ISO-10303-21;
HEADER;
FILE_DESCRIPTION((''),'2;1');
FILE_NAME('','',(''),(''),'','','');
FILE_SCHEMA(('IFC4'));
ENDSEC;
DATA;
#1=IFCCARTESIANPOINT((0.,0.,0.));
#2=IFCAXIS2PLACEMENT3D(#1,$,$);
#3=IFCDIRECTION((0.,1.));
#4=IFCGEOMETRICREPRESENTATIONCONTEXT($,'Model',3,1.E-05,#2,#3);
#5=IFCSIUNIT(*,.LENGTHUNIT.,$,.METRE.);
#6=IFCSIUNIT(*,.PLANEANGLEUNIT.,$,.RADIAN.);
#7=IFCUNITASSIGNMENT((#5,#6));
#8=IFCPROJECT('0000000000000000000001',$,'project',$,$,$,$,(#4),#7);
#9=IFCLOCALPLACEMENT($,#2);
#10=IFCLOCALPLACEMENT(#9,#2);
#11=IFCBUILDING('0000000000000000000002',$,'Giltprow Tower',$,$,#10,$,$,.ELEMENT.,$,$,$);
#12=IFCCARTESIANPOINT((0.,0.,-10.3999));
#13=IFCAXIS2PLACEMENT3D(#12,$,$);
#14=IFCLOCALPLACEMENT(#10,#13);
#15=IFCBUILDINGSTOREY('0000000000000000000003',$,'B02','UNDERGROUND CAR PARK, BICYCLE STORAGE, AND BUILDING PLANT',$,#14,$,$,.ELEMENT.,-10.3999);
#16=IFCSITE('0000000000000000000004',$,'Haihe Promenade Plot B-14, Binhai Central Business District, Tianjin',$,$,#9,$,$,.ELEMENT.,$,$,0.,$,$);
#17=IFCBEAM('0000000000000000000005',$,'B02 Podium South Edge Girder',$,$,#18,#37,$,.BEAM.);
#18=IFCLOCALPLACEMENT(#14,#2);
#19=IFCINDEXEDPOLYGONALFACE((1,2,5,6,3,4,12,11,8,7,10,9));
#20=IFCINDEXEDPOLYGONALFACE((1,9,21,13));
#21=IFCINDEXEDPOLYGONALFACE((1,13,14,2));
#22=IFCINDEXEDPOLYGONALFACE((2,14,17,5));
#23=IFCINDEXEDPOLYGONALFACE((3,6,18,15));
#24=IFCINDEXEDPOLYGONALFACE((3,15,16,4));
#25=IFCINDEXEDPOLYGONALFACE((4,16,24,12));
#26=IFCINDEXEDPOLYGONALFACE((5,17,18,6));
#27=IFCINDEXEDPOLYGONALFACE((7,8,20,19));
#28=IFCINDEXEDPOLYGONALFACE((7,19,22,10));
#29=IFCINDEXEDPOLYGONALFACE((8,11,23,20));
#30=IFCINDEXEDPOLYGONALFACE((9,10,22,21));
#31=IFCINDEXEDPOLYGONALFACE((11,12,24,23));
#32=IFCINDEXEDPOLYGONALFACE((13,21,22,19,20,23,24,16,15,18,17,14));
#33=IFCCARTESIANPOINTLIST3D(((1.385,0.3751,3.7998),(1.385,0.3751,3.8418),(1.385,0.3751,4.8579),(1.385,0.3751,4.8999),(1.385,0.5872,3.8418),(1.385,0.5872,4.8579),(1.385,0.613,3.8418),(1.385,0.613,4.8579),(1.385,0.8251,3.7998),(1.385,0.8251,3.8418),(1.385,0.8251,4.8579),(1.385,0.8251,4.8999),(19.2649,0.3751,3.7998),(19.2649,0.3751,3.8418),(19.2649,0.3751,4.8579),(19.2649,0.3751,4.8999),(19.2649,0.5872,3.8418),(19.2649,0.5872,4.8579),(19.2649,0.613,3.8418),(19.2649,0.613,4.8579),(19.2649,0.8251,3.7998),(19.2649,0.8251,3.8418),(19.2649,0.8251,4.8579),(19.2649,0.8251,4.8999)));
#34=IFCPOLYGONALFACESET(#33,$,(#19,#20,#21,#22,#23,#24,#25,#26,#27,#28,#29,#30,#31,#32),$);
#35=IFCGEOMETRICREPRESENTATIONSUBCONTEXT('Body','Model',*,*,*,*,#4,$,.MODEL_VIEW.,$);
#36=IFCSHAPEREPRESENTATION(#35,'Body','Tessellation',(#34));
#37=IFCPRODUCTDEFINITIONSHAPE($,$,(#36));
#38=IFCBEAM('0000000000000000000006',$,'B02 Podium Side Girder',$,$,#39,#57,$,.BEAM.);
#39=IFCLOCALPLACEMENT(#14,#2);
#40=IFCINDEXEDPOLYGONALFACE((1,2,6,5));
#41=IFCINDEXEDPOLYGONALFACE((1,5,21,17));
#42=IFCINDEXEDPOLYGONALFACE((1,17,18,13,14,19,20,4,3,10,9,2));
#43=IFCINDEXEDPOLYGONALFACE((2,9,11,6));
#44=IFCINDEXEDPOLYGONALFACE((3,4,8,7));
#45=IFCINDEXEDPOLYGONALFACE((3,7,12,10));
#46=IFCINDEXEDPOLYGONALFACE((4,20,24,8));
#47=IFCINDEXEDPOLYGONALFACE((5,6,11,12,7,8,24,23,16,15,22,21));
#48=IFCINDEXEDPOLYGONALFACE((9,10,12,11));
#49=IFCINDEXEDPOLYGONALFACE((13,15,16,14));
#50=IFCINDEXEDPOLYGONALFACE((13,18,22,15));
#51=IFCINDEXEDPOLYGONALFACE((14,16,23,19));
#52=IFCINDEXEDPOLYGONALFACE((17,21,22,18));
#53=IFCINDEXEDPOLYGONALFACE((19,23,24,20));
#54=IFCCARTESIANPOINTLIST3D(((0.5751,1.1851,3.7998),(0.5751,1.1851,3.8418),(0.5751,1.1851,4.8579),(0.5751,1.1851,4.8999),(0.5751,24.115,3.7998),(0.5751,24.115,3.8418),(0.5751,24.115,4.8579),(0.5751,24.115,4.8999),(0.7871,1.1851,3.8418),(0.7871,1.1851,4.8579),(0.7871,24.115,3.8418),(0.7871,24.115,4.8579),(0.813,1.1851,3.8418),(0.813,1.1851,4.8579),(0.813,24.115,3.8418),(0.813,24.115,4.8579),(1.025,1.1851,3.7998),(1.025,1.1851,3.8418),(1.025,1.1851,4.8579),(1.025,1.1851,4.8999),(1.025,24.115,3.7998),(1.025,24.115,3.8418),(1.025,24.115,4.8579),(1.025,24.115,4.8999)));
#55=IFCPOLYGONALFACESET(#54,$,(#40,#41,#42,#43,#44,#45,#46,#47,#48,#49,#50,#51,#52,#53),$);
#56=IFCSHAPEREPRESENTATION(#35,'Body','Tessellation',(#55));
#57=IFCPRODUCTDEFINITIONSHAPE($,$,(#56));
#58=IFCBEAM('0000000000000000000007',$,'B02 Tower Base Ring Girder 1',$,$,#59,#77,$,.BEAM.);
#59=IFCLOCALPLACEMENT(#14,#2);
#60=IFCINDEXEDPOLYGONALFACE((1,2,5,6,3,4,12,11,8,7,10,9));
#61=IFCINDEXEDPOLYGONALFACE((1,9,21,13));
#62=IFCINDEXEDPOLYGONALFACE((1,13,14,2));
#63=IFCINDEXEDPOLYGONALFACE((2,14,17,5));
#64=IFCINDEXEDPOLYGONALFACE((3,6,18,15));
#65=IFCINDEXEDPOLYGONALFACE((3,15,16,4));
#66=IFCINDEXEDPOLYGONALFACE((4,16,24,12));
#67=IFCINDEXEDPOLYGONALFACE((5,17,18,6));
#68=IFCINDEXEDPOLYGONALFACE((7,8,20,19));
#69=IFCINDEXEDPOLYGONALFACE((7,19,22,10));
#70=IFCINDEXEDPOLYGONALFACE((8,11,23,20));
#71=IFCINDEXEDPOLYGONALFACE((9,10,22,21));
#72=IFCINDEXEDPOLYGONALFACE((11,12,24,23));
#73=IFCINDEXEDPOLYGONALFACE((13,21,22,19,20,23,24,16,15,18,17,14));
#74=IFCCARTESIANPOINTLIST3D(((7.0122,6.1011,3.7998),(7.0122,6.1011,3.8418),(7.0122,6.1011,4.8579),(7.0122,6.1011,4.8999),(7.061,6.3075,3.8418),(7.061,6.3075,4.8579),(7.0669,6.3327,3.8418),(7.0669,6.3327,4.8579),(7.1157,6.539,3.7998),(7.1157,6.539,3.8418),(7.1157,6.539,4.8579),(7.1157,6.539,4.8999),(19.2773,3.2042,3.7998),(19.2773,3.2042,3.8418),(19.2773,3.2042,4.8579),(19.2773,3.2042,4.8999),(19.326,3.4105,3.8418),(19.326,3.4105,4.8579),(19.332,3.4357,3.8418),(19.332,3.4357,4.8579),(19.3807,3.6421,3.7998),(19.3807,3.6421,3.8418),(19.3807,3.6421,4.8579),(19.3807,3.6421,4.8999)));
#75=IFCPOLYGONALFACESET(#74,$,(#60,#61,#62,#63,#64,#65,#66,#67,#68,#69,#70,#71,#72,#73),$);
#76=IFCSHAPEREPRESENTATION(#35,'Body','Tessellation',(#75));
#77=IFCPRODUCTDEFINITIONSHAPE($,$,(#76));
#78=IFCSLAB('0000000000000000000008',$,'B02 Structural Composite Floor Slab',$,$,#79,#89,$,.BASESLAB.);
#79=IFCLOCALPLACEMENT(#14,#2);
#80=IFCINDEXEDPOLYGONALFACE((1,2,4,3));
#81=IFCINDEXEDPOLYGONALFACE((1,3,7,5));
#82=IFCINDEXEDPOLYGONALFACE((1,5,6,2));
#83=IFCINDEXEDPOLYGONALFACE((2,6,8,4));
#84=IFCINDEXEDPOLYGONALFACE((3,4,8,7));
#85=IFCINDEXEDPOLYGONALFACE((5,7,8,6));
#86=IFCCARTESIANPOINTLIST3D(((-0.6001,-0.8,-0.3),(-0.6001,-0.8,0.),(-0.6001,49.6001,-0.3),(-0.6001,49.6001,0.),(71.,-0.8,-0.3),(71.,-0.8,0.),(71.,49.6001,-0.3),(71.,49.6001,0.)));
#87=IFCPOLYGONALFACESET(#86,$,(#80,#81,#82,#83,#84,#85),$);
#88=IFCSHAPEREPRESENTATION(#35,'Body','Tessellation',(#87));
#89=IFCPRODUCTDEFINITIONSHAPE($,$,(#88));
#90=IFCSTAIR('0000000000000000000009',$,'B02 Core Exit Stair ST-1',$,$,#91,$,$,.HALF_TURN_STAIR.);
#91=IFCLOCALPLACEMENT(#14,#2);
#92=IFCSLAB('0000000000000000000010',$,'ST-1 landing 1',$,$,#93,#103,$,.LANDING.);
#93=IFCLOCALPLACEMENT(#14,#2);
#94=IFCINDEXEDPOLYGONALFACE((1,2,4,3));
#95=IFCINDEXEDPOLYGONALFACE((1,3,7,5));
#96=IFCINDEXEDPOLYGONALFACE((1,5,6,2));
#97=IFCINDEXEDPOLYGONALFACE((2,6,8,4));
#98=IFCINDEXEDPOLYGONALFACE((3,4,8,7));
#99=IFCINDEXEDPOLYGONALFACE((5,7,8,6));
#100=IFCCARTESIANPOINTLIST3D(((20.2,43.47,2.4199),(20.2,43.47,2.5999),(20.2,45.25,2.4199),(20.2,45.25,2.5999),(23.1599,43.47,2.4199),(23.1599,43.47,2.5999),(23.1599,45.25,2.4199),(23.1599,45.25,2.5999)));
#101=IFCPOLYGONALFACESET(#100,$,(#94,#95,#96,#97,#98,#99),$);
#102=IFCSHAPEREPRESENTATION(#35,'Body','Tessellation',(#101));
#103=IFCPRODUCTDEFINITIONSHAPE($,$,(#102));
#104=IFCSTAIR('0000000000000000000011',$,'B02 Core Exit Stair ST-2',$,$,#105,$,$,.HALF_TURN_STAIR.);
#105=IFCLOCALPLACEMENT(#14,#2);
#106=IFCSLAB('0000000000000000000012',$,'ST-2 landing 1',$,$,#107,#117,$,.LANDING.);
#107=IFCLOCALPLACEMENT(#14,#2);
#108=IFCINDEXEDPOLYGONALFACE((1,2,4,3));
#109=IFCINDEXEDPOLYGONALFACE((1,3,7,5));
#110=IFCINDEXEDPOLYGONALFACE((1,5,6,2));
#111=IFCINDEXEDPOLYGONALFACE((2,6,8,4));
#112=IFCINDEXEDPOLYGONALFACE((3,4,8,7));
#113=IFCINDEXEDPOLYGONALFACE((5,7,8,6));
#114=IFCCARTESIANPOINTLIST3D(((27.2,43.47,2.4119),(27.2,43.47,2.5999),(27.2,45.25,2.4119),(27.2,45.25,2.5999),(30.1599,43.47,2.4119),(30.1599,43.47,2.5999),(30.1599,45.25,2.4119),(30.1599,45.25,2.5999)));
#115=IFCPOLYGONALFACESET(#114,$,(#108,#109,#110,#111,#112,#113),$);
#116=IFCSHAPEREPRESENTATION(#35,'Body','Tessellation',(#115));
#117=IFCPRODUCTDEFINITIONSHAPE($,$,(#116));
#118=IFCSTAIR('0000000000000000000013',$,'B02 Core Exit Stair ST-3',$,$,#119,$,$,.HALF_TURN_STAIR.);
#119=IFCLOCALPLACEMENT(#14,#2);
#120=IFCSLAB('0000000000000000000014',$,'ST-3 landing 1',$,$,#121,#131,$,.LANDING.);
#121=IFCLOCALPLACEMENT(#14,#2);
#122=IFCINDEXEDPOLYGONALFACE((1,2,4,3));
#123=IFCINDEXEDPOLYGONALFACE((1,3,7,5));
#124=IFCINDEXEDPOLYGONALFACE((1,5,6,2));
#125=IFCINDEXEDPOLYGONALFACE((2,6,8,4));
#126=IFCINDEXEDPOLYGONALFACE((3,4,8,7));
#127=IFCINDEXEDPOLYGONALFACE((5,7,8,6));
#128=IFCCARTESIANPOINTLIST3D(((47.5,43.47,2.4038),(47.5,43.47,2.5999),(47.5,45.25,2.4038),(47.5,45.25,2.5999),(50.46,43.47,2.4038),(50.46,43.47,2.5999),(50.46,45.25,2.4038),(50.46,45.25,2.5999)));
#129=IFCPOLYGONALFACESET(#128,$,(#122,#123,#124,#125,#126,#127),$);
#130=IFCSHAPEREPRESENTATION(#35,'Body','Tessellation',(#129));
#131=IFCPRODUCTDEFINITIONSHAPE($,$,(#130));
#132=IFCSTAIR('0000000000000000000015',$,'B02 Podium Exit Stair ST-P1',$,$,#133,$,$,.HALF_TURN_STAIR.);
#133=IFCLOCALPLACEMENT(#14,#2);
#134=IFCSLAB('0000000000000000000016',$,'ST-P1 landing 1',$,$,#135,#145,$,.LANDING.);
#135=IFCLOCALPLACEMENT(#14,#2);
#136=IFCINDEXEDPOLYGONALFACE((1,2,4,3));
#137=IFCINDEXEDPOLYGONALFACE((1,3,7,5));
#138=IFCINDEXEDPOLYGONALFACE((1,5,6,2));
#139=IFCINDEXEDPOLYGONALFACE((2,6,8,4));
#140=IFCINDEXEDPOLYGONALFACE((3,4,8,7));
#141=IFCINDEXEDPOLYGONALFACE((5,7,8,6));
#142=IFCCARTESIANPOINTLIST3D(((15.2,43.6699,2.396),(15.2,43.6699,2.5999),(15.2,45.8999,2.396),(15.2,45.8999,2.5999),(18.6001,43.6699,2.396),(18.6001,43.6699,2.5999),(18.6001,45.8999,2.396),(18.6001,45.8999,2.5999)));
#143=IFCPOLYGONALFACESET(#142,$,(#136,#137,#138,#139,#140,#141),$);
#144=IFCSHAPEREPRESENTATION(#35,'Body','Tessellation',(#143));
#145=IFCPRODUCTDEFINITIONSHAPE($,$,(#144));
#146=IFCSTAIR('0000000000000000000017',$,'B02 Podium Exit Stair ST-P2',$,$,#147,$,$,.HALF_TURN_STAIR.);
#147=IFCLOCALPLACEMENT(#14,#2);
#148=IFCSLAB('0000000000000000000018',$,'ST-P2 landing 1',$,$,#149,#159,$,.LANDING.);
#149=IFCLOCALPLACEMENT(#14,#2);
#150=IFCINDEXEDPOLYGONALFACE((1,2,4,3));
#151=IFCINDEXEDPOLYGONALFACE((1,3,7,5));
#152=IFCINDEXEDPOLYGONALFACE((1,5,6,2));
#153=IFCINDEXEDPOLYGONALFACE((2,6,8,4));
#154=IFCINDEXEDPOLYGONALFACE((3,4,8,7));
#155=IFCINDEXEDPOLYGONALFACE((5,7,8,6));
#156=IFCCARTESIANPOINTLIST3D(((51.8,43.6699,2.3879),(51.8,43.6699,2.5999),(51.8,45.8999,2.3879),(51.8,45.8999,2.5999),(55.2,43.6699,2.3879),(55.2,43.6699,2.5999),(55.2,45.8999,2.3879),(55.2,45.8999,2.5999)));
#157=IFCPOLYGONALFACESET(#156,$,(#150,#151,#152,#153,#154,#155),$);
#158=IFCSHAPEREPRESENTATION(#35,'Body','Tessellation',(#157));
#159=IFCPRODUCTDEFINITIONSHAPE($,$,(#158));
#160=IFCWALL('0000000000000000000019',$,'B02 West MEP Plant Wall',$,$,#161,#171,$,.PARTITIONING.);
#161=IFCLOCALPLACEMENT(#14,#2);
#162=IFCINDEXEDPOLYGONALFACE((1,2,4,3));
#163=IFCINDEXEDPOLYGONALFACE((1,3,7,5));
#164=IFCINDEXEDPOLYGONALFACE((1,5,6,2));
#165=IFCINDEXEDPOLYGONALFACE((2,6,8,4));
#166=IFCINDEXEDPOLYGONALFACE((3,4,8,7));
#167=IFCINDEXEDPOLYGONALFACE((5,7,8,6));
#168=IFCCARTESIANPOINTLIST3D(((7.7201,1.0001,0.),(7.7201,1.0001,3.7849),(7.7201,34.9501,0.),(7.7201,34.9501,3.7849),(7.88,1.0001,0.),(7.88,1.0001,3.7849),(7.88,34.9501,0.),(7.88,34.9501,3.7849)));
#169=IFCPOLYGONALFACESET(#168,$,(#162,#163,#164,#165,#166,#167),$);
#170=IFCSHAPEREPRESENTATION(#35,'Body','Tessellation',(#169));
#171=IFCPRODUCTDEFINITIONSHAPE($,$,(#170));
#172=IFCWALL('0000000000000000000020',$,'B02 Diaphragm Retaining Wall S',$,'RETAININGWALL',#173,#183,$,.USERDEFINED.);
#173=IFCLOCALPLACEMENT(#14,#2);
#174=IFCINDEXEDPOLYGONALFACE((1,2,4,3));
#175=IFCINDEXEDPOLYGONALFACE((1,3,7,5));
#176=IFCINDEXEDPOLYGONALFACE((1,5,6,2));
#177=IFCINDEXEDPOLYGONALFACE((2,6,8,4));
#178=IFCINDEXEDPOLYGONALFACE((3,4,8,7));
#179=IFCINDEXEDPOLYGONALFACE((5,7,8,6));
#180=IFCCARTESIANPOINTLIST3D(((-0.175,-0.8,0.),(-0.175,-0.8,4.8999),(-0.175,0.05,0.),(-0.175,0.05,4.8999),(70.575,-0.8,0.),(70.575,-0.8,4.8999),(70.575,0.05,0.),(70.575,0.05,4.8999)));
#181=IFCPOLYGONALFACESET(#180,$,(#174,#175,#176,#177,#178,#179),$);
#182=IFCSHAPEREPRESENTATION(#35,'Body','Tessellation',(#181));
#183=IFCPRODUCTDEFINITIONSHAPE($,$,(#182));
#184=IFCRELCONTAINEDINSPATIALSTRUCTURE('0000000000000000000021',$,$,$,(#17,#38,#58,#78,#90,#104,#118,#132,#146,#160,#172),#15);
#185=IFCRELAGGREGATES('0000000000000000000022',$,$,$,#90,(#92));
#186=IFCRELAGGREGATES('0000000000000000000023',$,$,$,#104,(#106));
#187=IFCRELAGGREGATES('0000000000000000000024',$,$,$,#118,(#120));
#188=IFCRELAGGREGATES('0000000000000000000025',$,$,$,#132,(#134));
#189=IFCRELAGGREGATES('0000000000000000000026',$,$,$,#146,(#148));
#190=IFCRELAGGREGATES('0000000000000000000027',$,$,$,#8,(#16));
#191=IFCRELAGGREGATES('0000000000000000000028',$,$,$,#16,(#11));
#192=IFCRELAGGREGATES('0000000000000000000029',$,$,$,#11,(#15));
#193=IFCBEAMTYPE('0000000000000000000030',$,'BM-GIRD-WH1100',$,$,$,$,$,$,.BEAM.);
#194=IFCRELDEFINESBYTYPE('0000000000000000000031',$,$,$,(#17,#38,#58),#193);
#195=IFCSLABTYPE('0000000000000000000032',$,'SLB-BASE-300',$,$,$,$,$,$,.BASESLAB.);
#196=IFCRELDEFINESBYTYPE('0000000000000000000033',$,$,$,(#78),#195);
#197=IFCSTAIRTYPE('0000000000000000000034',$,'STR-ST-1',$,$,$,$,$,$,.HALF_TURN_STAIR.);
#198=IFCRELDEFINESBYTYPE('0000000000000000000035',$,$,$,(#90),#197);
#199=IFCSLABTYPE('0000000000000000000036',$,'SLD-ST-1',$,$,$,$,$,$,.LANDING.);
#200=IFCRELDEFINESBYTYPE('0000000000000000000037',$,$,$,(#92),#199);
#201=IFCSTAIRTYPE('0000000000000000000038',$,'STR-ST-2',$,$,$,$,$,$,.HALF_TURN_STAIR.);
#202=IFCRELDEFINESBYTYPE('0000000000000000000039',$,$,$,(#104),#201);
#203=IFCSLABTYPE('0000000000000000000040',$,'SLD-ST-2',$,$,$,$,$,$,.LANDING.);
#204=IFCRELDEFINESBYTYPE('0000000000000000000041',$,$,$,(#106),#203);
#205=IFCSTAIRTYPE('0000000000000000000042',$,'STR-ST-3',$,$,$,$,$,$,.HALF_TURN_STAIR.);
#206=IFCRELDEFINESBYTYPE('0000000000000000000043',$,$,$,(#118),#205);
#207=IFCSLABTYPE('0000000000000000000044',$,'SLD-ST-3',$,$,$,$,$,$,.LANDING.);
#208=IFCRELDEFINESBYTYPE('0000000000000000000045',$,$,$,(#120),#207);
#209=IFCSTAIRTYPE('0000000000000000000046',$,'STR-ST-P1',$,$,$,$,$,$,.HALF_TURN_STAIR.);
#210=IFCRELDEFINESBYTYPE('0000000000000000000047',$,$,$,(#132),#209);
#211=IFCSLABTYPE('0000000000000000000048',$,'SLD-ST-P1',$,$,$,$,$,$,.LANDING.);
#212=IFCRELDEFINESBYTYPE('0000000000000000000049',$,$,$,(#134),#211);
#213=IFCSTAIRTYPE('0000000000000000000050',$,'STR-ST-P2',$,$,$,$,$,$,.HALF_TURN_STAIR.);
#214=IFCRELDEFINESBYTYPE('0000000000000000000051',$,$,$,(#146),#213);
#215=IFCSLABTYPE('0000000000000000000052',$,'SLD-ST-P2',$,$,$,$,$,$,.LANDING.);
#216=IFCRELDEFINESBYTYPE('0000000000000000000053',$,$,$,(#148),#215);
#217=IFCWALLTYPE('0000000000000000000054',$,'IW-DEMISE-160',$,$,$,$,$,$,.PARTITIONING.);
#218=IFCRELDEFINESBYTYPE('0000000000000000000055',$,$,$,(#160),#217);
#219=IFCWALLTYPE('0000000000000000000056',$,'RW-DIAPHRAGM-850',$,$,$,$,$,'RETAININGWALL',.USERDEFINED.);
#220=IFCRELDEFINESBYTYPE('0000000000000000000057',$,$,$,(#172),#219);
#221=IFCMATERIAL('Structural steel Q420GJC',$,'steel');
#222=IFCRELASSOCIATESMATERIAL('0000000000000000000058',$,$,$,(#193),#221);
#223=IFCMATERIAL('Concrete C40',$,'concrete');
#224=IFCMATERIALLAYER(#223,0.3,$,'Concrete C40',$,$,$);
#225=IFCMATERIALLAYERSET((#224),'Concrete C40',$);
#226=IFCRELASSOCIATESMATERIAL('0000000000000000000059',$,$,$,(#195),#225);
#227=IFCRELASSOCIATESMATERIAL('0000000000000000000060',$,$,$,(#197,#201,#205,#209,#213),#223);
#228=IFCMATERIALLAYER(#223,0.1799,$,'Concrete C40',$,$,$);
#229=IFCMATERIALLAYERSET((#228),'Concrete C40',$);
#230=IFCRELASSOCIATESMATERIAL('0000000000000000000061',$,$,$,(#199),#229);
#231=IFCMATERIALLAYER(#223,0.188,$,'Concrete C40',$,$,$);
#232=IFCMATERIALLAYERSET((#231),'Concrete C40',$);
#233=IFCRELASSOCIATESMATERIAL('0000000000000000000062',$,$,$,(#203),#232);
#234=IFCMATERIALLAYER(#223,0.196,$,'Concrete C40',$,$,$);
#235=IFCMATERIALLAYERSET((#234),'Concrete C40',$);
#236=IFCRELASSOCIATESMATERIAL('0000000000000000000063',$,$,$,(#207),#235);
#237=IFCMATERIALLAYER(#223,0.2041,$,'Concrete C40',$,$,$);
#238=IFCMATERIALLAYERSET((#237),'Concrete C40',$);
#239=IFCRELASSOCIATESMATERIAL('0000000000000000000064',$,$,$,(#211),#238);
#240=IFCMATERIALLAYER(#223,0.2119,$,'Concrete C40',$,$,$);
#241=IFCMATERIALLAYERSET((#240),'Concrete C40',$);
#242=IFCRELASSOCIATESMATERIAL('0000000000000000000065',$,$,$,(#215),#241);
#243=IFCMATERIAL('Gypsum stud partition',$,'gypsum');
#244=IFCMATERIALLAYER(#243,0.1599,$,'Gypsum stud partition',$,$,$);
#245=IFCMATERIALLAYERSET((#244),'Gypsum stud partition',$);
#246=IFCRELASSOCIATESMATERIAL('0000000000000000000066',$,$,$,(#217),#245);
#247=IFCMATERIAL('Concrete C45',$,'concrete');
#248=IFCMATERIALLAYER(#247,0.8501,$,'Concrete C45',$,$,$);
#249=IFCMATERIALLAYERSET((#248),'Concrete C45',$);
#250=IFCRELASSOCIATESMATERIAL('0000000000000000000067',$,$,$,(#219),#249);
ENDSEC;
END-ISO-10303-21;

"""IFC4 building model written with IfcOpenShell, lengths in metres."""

from ifc_helpers import new_model, si_unit, direction, frame, frame_2d, origin, origin_2d, place, context, subcontext, project, spatial, polyline, rectangle, i_section, outline, extrude, source, transform, mapped, material, layer, layer_set, material_profile, profile_set, type_object, element, aggregate, save


model = new_model("IFC4")

# Units and contexts
model_context = context("Model", 3, precision=1e-05, world=origin(), true_north=direction((0.0, 1.0)))
body_context = subcontext(model_context, "Body", "Model", "MODEL_VIEW")
ifc_project = project(units=[si_unit("LENGTHUNIT", "METRE"), si_unit("PLANEANGLEUNIT", "RADIAN")], contexts=[model_context])

# Site, building, storey
site_placement = place(None, origin())
site = spatial("IfcSite", under=ifc_project, at=site_placement, Name="Haihe Promenade Plot B-14, Binhai Central Business District, Tianjin", CompositionType="ELEMENT", RefElevation=0.0)
building_placement = place(site_placement, origin())
building = spatial("IfcBuilding", under=site, at=building_placement, Name="Giltprow Tower", CompositionType="ELEMENT")
storey_placement = place(building_placement, frame((0.0, 0.0, -10.3999)))
storey = spatial("IfcBuildingStorey", under=building, at=storey_placement, Name="B02", Description="UNDERGROUND CAR PARK, BICYCLE STORAGE, AND BUILDING PLANT", CompositionType="ELEMENT", Elevation=-10.3999)

# Shared definitions
ifc_material_1 = material(Name="Concrete C45", Category="concrete")

# Shared definitions
ifc_material_2 = material(Name="Structural steel Q420GJC", Category="steel")

# Beams
ifc_material_profile_1 = material_profile(ifc_material_2, i_section(OverallWidth=0.45, OverallDepth=1.1001, WebThickness=0.0259, FlangeThickness=0.042, at=origin_2d()), Name="WH 1100x450x26x42")
ifc_profile_set_1 = profile_set([ifc_material_profile_1], Name="Structural steel Q420GJC")
beam_type = type_object("IfcBeamType", Name="BM-GIRD-WH1100", PredefinedType="BEAM", material=ifc_profile_set_1)
shared_shape_1 = source(origin(), body_context, "Body", "SweptSolid", [
    extrude(i_section(OverallWidth=0.45, OverallDepth=1.1001, WebThickness=0.0259, FlangeThickness=0.042, at=origin_2d()), origin(), (0.0, 0.0, 1.0), 17.8799),
])
beam_1_placement = place(storey_placement, frame((1.385, 0.6001, 4.3499), z_axis=(1.0, 0.0, 0.0), x_axis=(0.0, 1.0, 0.0)))
element("IfcBeam", 1, at=beam_1_placement, inside=storey, type_object=beam_type, Name="B02 Podium South Edge Girder", PredefinedType="BEAM", context=body_context, shape_type="MappedRepresentation", body=[
    mapped(shared_shape_1, transform((0.0, 0.0, 0.0), x_axis=(1.0, 0.0, 0.0), y_axis=(0.0, 1.0, 0.0), z_axis=(0.0, 0.0, 1.0), scale=1.0)),
])
shared_shape_2 = source(origin(), body_context, "Body", "SweptSolid", [
    extrude(i_section(OverallWidth=0.45, OverallDepth=1.1001, WebThickness=0.0259, FlangeThickness=0.042, at=origin_2d()), origin(), (0.0, 0.0, 1.0), 22.9299),
])
beam_2_placement = place(storey_placement, frame((0.8, 1.1851, 4.3499), z_axis=(0.0, 1.0, 0.0), x_axis=(-1.0, 0.0, 0.0)))
element("IfcBeam", 2, at=beam_2_placement, inside=storey, type_object=beam_type, Name="B02 Podium Side Girder", PredefinedType="BEAM", context=body_context, shape_type="MappedRepresentation", body=[
    mapped(shared_shape_2, transform((0.0, 0.0, 0.0), x_axis=(1.0, 0.0, 0.0), y_axis=(0.0, 1.0, 0.0), z_axis=(0.0, 0.0, 1.0), scale=1.0)),
])
shared_shape_3 = source(origin(), body_context, "Body", "SweptSolid", [
    extrude(i_section(OverallWidth=0.45, OverallDepth=1.1001, WebThickness=0.0259, FlangeThickness=0.042, at=origin_2d()), origin(), (0.0, 0.0, 1.0), 12.6025),
])
beam_3_placement = place(storey_placement, frame((7.064, 6.3201, 4.3499), z_axis=(0.973221, -0.229871, 0.0), x_axis=(0.229871, 0.973221, 0.0)))
element("IfcBeam", 3, at=beam_3_placement, inside=storey, type_object=beam_type, Name="B02 Tower Base Ring Girder 1", PredefinedType="BEAM", context=body_context, shape_type="MappedRepresentation", body=[
    mapped(shared_shape_3, transform((0.0, 0.0, 0.0), x_axis=(1.0, 0.0, 0.0), y_axis=(0.0, 1.0, 0.0), z_axis=(0.0, 0.0, 1.0), scale=1.0)),
])

# Slab
ifc_material_3 = material(Name="Concrete C40", Category="concrete")
ifc_layer_1 = layer(ifc_material_3, 0.3, Name="Concrete C40")
ifc_layer_set_1 = layer_set([ifc_layer_1], Name="Concrete C40")
slab_type_1 = type_object("IfcSlabType", Name="SLB-BASE-300", PredefinedType="BASESLAB", material=ifc_layer_set_1)
slab_1_placement = place(storey_placement, frame((0.0, 0.0, -0.3)))
element("IfcSlab", 4, at=slab_1_placement, inside=storey, type_object=slab_type_1, Name="B02 Structural Composite Floor Slab", PredefinedType="BASESLAB", context=body_context, shape_type="SweptSolid", body=[
    extrude(outline(polyline([(-0.6001, -0.8), (71.0, -0.8), (71.0, 49.6001), (-0.6001, 49.6001), (-0.6001, -0.8)])), origin(), (0.0, 0.0, 1.0), 0.3),
])

# Stairs, slabs
stair_type_1 = type_object("IfcStairType", Name="STR-ST-1", PredefinedType="HALF_TURN_STAIR", material=ifc_material_3)
stair_1_placement = place(storey_placement, origin())
stair_1 = element("IfcStair", 5, at=stair_1_placement, inside=storey, type_object=stair_type_1, Name="B02 Core Exit Stair ST-1", PredefinedType="HALF_TURN_STAIR")
ifc_layer_2 = layer(ifc_material_3, 0.1799, Name="Concrete C40")
ifc_layer_set_2 = layer_set([ifc_layer_2], Name="Concrete C40")
slab_type_2 = type_object("IfcSlabType", Name="SLD-ST-1", PredefinedType="LANDING", material=ifc_layer_set_2)
slab_2_placement = place(storey_placement, frame((0.0, 0.0, 2.4199)))
slab_2 = element("IfcSlab", 6, at=slab_2_placement, type_object=slab_type_2, Name="ST-1 landing 1", PredefinedType="LANDING", context=body_context, shape_type="SweptSolid", body=[
    extrude(outline(polyline([(23.1599, 43.47), (23.1599, 45.25), (20.2, 45.25), (20.2, 43.47), (23.1599, 43.47)])), origin(), (0.0, 0.0, 1.0), 0.1799),
])
aggregate(stair_1, [slab_2])
stair_type_2 = type_object("IfcStairType", Name="STR-ST-2", PredefinedType="HALF_TURN_STAIR", material=ifc_material_3)
stair_2_placement = place(storey_placement, origin())
stair_2 = element("IfcStair", 7, at=stair_2_placement, inside=storey, type_object=stair_type_2, Name="B02 Core Exit Stair ST-2", PredefinedType="HALF_TURN_STAIR")
ifc_layer_3 = layer(ifc_material_3, 0.188, Name="Concrete C40")
ifc_layer_set_3 = layer_set([ifc_layer_3], Name="Concrete C40")
slab_type_3 = type_object("IfcSlabType", Name="SLD-ST-2", PredefinedType="LANDING", material=ifc_layer_set_3)
slab_3_placement = place(storey_placement, frame((0.0, 0.0, 2.4119)))
slab_3 = element("IfcSlab", 8, at=slab_3_placement, type_object=slab_type_3, Name="ST-2 landing 1", PredefinedType="LANDING", context=body_context, shape_type="SweptSolid", body=[
    extrude(outline(polyline([(30.1599, 43.47), (30.1599, 45.25), (27.2, 45.25), (27.2, 43.47), (30.1599, 43.47)])), origin(), (0.0, 0.0, 1.0), 0.188),
])
aggregate(stair_2, [slab_3])
stair_type_3 = type_object("IfcStairType", Name="STR-ST-3", PredefinedType="HALF_TURN_STAIR", material=ifc_material_3)
stair_3_placement = place(storey_placement, origin())
stair_3 = element("IfcStair", 9, at=stair_3_placement, inside=storey, type_object=stair_type_3, Name="B02 Core Exit Stair ST-3", PredefinedType="HALF_TURN_STAIR")
ifc_layer_4 = layer(ifc_material_3, 0.196, Name="Concrete C40")
ifc_layer_set_4 = layer_set([ifc_layer_4], Name="Concrete C40")
slab_type_4 = type_object("IfcSlabType", Name="SLD-ST-3", PredefinedType="LANDING", material=ifc_layer_set_4)
slab_4_placement = place(storey_placement, frame((0.0, 0.0, 2.4038)))
slab_4 = element("IfcSlab", 10, at=slab_4_placement, type_object=slab_type_4, Name="ST-3 landing 1", PredefinedType="LANDING", context=body_context, shape_type="SweptSolid", body=[
    extrude(outline(polyline([(50.46, 43.47), (50.46, 45.25), (47.5, 45.25), (47.5, 43.47), (50.46, 43.47)])), origin(), (0.0, 0.0, 1.0), 0.196),
])
aggregate(stair_3, [slab_4])
stair_type_4 = type_object("IfcStairType", Name="STR-ST-P1", PredefinedType="HALF_TURN_STAIR", material=ifc_material_3)
stair_4_placement = place(storey_placement, origin())
stair_4 = element("IfcStair", 11, at=stair_4_placement, inside=storey, type_object=stair_type_4, Name="B02 Podium Exit Stair ST-P1", PredefinedType="HALF_TURN_STAIR")
ifc_layer_5 = layer(ifc_material_3, 0.2041, Name="Concrete C40")
ifc_layer_set_5 = layer_set([ifc_layer_5], Name="Concrete C40")
slab_type_5 = type_object("IfcSlabType", Name="SLD-ST-P1", PredefinedType="LANDING", material=ifc_layer_set_5)
slab_5_placement = place(storey_placement, frame((0.0, 0.0, 2.396)))
slab_5 = element("IfcSlab", 12, at=slab_5_placement, type_object=slab_type_5, Name="ST-P1 landing 1", PredefinedType="LANDING", context=body_context, shape_type="SweptSolid", body=[
    extrude(outline(polyline([(18.6001, 43.6699), (18.6001, 45.8999), (15.2, 45.8999), (15.2, 43.6699), (18.6001, 43.6699)])), origin(), (0.0, 0.0, 1.0), 0.2039),
])
aggregate(stair_4, [slab_5])
stair_type_5 = type_object("IfcStairType", Name="STR-ST-P2", PredefinedType="HALF_TURN_STAIR", material=ifc_material_3)
stair_5_placement = place(storey_placement, origin())
stair_5 = element("IfcStair", 13, at=stair_5_placement, inside=storey, type_object=stair_type_5, Name="B02 Podium Exit Stair ST-P2", PredefinedType="HALF_TURN_STAIR")
ifc_layer_6 = layer(ifc_material_3, 0.2119, Name="Concrete C40")
ifc_layer_set_6 = layer_set([ifc_layer_6], Name="Concrete C40")
slab_type_6 = type_object("IfcSlabType", Name="SLD-ST-P2", PredefinedType="LANDING", material=ifc_layer_set_6)
slab_6_placement = place(storey_placement, frame((0.0, 0.0, 2.3879)))
slab_6 = element("IfcSlab", 14, at=slab_6_placement, type_object=slab_type_6, Name="ST-P2 landing 1", PredefinedType="LANDING", context=body_context, shape_type="SweptSolid", body=[
    extrude(outline(polyline([(55.2, 43.6699), (55.2, 45.8999), (51.8, 45.8999), (51.8, 43.6699), (55.2, 43.6699)])), origin(), (0.0, 0.0, 1.0), 0.2119),
])
aggregate(stair_5, [slab_6])

# Walls
ifc_material_4 = material(Name="Gypsum stud partition", Category="gypsum")
ifc_layer_7 = layer(ifc_material_4, 0.1599, Name="Gypsum stud partition")
ifc_layer_set_7 = layer_set([ifc_layer_7], Name="Gypsum stud partition")
wall_type_1 = type_object("IfcWallType", Name="IW-DEMISE-160", PredefinedType="PARTITIONING", material=ifc_layer_set_7)
wall_1_placement = place(storey_placement, frame((7.8, 1.0, 0.0), z_axis=(0.0, 0.0, 1.0), x_axis=(0.0, 1.0, 0.0)))
element("IfcWall", 15, at=wall_1_placement, inside=storey, type_object=wall_type_1, Name="B02 West MEP Plant Wall", PredefinedType="PARTITIONING", context=body_context, shape_type="SweptSolid", body=[
    extrude(rectangle(XDim=33.95, YDim=0.1599, at=frame_2d((16.9751, 0.0))), origin(), (0.0, 0.0, 1.0), 3.7849),
])
ifc_layer_8 = layer(ifc_material_1, 0.8501, Name="Concrete C45")
ifc_layer_set_8 = layer_set([ifc_layer_8], Name="Concrete C45")
wall_type_2 = type_object("IfcWallType", Name="RW-DIAPHRAGM-850", ElementType="RETAININGWALL", PredefinedType="USERDEFINED", material=ifc_layer_set_8)
wall_2_placement = place(storey_placement, frame((-0.175, -0.375, 0.0), z_axis=(0.0, 0.0, 1.0), x_axis=(1.0, 0.0, 0.0)))
element("IfcWall", 16, at=wall_2_placement, inside=storey, type_object=wall_type_2, Name="B02 Diaphragm Retaining Wall S", ObjectType="RETAININGWALL", PredefinedType="USERDEFINED", context=body_context, shape_type="SweptSolid", body=[
    extrude(rectangle(XDim=70.75, YDim=0.8501, at=frame_2d((35.375, 0.0))), origin(), (0.0, 0.0, 1.0), 4.8999),
])

save(model, "model.ifc")
